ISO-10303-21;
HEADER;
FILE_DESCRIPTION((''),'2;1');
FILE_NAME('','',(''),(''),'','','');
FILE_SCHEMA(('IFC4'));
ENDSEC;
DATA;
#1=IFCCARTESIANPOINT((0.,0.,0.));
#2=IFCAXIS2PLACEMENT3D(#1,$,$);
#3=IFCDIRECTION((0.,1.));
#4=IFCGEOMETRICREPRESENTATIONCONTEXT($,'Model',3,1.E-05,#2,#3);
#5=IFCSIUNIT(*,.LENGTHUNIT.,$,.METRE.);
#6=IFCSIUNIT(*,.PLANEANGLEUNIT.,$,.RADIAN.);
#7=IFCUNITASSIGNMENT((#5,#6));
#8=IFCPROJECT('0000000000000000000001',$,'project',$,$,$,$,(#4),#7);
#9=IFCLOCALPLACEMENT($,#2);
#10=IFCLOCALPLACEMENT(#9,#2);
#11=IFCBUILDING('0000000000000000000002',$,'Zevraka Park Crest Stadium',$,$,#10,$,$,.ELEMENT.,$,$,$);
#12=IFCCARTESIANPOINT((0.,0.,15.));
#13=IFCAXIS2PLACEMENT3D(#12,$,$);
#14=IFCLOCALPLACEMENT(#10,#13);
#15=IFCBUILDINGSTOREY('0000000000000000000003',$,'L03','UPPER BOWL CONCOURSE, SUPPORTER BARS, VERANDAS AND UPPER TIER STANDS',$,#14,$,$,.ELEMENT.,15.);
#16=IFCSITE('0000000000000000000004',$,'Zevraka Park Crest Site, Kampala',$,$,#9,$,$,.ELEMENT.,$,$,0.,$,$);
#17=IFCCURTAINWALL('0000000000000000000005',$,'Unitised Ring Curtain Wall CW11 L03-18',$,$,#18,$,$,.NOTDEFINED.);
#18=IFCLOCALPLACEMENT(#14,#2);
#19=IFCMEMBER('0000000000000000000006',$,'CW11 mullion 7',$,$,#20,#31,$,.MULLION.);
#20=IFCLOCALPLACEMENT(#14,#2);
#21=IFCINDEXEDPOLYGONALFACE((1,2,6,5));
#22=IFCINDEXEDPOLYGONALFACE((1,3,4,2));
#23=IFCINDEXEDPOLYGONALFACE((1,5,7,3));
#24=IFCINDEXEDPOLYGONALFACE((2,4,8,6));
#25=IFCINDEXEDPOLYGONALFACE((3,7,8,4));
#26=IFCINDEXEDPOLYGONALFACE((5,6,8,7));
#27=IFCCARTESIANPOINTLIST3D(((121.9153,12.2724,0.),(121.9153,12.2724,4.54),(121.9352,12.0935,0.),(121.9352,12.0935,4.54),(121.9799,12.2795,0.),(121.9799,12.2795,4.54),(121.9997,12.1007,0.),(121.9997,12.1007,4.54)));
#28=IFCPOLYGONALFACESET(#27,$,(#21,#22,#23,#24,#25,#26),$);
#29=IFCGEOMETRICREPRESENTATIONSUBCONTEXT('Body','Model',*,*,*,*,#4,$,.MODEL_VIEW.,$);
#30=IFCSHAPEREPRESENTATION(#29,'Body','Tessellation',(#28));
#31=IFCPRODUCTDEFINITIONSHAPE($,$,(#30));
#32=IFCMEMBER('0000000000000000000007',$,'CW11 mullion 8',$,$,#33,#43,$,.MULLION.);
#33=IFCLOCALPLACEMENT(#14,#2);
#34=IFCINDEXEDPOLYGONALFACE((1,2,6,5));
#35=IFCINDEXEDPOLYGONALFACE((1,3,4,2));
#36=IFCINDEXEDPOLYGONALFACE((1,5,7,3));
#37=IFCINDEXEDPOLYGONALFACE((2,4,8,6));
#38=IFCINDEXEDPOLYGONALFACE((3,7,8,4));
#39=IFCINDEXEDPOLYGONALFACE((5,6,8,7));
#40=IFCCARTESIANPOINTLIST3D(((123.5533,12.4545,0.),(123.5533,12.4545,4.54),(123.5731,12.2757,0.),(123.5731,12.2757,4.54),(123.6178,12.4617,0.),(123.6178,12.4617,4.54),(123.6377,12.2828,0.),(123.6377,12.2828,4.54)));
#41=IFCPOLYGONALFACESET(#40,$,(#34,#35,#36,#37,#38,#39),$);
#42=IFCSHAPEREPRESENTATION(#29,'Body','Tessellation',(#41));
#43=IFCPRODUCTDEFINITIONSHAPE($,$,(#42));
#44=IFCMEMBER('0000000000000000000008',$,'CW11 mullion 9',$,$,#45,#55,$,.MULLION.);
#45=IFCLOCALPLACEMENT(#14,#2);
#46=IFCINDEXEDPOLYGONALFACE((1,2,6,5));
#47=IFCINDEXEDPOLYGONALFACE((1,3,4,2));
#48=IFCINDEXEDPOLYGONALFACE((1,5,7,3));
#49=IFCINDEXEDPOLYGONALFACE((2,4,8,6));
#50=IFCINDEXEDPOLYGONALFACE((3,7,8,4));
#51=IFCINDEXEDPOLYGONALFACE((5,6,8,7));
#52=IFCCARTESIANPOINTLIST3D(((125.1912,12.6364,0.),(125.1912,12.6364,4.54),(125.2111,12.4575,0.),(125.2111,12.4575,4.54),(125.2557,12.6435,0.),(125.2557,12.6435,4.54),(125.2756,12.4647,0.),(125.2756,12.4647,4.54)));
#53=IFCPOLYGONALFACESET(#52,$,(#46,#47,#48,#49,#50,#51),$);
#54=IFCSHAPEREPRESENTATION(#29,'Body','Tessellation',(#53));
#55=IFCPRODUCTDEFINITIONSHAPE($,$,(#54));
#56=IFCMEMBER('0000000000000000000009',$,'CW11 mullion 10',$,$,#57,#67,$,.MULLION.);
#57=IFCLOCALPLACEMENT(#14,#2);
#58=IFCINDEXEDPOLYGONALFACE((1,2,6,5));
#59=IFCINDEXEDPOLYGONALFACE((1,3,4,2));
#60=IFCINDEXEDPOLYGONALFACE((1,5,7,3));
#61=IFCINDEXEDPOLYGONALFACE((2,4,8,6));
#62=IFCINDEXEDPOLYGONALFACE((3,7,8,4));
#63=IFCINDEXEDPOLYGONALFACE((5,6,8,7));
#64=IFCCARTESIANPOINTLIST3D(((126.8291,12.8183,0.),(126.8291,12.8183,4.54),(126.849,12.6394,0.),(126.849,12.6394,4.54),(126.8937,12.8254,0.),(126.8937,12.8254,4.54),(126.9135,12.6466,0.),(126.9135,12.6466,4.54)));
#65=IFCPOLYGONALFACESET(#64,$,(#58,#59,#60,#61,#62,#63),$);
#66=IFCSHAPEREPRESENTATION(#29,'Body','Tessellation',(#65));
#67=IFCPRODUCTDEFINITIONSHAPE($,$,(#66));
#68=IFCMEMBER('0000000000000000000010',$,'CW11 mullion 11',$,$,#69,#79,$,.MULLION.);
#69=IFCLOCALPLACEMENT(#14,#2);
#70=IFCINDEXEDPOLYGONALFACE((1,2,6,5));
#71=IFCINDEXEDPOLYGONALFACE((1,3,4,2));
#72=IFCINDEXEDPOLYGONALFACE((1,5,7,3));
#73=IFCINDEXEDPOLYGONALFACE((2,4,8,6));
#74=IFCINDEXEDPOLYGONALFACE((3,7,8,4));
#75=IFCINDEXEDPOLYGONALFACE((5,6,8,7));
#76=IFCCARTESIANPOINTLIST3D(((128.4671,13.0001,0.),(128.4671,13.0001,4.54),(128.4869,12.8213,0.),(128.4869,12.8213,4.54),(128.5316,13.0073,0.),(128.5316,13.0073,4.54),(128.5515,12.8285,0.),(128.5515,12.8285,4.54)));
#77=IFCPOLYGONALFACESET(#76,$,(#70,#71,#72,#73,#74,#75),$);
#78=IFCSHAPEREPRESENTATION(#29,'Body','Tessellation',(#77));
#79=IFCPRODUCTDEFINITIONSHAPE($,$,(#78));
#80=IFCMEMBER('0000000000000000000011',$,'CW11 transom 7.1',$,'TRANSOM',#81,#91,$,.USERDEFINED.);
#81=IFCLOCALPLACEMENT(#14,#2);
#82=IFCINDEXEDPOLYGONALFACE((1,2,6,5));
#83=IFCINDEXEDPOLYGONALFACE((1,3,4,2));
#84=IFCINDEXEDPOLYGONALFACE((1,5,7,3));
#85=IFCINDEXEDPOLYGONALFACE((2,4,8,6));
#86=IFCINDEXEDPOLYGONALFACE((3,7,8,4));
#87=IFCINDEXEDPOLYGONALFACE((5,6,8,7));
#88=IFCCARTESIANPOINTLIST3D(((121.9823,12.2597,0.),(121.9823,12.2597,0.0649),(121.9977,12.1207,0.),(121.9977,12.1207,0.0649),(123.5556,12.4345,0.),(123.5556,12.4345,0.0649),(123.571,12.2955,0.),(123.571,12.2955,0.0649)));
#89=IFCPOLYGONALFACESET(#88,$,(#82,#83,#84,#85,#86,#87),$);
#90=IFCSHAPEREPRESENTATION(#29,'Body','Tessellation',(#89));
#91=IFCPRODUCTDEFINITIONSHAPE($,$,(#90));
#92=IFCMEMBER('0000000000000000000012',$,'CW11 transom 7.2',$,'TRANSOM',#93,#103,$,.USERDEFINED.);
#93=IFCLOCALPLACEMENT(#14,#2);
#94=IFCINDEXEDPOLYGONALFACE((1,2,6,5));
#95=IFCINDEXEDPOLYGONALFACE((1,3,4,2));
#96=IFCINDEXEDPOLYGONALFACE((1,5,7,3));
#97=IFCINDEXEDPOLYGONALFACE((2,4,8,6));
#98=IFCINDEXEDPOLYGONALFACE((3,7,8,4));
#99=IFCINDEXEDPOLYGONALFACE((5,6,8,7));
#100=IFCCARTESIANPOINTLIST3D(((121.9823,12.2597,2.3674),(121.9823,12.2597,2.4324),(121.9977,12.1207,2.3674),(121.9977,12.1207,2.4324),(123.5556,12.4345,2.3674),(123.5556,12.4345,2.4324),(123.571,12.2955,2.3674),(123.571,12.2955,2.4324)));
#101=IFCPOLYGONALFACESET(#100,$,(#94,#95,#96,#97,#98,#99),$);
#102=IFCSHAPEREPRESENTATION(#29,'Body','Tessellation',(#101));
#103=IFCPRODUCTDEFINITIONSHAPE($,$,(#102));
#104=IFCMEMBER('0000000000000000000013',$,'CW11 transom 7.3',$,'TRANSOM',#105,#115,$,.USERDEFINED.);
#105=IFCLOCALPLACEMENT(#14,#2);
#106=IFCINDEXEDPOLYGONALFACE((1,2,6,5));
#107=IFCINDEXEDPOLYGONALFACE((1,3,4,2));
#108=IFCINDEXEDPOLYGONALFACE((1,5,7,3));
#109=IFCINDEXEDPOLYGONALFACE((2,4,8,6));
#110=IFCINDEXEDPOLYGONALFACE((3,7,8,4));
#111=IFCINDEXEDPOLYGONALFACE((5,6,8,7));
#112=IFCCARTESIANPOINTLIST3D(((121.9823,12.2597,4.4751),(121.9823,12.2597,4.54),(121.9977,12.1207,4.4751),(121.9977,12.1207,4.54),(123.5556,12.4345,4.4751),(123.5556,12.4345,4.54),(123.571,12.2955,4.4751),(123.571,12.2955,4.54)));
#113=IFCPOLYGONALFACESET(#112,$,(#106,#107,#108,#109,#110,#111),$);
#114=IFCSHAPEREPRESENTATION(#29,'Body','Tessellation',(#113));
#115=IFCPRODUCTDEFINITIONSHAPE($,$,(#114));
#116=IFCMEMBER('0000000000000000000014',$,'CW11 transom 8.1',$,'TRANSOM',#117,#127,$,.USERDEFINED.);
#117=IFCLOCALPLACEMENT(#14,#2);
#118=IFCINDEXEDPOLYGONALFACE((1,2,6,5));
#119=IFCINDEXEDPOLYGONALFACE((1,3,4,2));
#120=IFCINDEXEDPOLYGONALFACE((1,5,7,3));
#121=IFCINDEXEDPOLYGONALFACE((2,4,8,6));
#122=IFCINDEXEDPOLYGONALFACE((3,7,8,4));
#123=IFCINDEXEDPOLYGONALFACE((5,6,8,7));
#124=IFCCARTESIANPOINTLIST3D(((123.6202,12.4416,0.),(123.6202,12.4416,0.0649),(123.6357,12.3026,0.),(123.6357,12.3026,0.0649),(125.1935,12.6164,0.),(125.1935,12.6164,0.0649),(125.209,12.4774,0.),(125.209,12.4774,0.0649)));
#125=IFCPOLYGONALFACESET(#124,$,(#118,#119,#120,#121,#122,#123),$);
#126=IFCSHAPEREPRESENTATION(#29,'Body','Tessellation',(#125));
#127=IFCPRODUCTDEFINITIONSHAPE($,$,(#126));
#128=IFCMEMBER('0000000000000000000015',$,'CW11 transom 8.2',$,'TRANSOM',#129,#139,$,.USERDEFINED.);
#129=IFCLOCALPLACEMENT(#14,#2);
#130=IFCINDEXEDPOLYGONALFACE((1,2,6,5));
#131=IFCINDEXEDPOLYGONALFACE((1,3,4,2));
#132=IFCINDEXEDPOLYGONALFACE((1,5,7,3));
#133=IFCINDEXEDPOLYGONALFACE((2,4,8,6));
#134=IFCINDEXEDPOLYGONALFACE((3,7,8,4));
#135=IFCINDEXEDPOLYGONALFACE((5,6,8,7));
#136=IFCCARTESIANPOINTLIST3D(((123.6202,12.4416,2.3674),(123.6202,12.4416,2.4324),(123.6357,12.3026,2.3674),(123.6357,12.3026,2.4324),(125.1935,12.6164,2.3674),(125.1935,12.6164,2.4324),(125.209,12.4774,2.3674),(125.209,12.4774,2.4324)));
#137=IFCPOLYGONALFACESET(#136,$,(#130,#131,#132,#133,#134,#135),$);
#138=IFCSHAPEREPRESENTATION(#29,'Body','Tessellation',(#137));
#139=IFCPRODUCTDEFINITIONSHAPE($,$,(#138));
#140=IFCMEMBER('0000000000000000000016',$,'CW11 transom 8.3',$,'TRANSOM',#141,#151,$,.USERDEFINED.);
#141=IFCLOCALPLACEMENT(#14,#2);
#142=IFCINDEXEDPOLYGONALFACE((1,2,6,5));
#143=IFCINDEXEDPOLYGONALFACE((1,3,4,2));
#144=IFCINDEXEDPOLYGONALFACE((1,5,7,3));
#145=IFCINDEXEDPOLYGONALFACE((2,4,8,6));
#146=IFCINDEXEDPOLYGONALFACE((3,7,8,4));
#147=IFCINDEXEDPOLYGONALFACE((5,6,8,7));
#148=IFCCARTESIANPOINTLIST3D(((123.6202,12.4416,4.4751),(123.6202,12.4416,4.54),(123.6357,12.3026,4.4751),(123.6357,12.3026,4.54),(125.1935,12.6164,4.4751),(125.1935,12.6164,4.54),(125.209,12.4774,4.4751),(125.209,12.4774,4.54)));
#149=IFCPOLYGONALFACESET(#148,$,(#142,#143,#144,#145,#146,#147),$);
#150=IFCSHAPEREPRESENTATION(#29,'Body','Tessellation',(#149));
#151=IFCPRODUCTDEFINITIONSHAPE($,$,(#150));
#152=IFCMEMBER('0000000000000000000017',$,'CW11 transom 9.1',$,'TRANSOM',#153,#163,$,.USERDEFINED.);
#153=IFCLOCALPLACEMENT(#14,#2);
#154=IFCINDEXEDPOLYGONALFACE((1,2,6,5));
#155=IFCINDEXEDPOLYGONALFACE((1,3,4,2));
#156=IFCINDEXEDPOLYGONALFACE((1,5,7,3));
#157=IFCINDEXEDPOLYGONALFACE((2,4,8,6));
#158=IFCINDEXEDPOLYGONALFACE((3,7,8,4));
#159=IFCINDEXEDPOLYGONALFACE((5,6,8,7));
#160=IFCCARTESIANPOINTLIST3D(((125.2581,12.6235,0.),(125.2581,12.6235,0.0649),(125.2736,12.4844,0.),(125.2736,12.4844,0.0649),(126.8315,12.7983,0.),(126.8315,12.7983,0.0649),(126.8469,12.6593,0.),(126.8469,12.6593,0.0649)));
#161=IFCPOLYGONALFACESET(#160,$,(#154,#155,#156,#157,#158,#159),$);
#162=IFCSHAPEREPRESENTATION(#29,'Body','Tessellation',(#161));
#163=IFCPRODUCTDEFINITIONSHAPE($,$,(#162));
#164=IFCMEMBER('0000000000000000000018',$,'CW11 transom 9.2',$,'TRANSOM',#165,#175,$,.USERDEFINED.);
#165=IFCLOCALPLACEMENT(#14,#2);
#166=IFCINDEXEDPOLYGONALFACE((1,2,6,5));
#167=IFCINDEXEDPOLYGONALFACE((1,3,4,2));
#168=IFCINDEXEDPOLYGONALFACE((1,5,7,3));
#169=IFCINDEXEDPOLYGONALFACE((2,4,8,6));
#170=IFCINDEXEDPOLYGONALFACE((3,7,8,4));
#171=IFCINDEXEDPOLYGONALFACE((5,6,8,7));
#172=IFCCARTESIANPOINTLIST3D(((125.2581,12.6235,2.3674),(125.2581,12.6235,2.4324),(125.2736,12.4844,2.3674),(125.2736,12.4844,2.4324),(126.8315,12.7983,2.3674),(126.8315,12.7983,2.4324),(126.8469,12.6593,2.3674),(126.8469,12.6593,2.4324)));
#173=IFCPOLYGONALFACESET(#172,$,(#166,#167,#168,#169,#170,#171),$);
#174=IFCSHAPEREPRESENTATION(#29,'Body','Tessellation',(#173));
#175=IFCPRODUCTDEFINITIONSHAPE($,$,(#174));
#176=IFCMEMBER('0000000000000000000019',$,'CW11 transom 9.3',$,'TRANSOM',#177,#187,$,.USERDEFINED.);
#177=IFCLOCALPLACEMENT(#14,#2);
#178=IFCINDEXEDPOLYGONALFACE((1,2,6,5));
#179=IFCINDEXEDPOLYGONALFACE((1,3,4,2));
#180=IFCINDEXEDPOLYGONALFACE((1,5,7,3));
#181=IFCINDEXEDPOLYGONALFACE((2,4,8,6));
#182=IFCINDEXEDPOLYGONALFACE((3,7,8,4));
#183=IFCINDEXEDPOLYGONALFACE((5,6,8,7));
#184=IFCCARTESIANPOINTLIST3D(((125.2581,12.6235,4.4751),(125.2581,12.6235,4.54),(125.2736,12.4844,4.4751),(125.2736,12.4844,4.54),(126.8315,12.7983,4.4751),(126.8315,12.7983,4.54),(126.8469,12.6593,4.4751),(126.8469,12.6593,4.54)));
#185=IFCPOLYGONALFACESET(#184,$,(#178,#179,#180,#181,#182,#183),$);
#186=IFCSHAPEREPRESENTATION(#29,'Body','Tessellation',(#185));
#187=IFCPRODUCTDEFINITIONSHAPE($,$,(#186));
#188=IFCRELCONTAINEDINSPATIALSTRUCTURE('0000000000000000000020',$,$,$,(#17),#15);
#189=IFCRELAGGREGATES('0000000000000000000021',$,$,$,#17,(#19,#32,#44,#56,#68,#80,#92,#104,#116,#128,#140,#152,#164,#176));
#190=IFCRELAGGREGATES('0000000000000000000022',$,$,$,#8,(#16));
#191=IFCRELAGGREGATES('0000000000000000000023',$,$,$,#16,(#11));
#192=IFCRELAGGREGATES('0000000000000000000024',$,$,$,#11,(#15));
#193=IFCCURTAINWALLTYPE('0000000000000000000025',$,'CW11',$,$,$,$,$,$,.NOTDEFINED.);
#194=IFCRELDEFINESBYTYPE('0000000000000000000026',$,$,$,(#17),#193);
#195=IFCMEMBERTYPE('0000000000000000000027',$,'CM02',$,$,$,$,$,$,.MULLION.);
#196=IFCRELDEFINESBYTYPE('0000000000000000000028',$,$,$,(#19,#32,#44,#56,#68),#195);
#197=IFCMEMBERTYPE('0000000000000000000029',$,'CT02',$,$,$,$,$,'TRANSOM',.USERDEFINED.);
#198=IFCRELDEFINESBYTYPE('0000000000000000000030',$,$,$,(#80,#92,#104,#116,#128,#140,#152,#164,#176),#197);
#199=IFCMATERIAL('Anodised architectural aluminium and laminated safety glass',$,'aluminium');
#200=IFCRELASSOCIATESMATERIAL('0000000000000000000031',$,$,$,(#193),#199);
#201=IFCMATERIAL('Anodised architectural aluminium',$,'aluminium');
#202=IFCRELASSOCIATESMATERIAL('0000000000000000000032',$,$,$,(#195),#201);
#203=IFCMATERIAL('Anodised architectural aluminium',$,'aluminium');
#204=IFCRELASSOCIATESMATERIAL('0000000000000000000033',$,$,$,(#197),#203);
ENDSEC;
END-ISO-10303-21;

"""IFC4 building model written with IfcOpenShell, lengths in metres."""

from ifc_helpers import new_model, si_unit, direction, frame, origin, origin_2d, place, context, subcontext, project, spatial, rectangle, extrude, material, material_profile, profile_set, type_object, element, aggregate, save


model = new_model("IFC4")

# Units and contexts
model_context = context("Model", 3, precision=1e-05, world=origin(), true_north=direction((0.0, 1.0)))
body_context = subcontext(model_context, "Body", "Model", "MODEL_VIEW")
ifc_project = project(units=[si_unit("LENGTHUNIT", "METRE"), si_unit("PLANEANGLEUNIT", "RADIAN")], contexts=[model_context])

# Site, building, storey
site_placement = place(None, origin())
site = spatial("IfcSite", under=ifc_project, at=site_placement, Name="Zevraka Park Crest Site, Kampala", CompositionType="ELEMENT", RefElevation=0.0)
building_placement = place(site_placement, origin())
building = spatial("IfcBuilding", under=site, at=building_placement, Name="Zevraka Park Crest Stadium", CompositionType="ELEMENT")
storey_placement = place(building_placement, frame((0.0, 0.0, 15.0)))
storey = spatial("IfcBuildingStorey", under=building, at=storey_placement, Name="L03", Description="UPPER BOWL CONCOURSE, SUPPORTER BARS, VERANDAS AND UPPER TIER STANDS", CompositionType="ELEMENT", Elevation=15.0)

# Curtain wall, members
ifc_material_1 = material(Name="Anodised architectural aluminium and laminated safety glass", Category="aluminium")
curtain_wall_type = type_object("IfcCurtainWallType", Name="CW11", PredefinedType="NOTDEFINED", material=ifc_material_1)
curtain_wall_placement = place(storey_placement, origin())
curtain_wall = element("IfcCurtainWall", 1, at=curtain_wall_placement, inside=storey, type_object=curtain_wall_type, Name="Unitised Ring Curtain Wall CW11 L03-18", PredefinedType="NOTDEFINED")
ifc_material_2 = material(Name="Anodised architectural aluminium", Category="aluminium")
ifc_material_profile_1 = material_profile(ifc_material_2, rectangle(XDim=0.1799, YDim=0.0649, at=origin_2d()), Name="ALU MULLION 180x65")
ifc_profile_set_1 = profile_set([ifc_material_profile_1], Name="Anodised architectural aluminium")
member_type_1 = type_object("IfcMemberType", Name="CM02", PredefinedType="MULLION", material=ifc_profile_set_1)
member_1_placement = place(storey_placement, frame((121.9575, 12.1865, 0.0), z_axis=(0.0, 0.0, 1.0), x_axis=(-0.110396, 0.993888, 0.0)))
member_1 = element("IfcMember", 2, at=member_1_placement, type_object=member_type_1, Name="CW11 mullion 7", PredefinedType="MULLION", context=body_context, shape_type="SweptSolid", body=[
    extrude(rectangle(XDim=0.1799, YDim=0.0649, at=origin_2d()), origin(), (0.0, 0.0, 1.0), 4.54),
])
member_2_placement = place(storey_placement, frame((123.5955, 12.3687, 0.0), z_axis=(0.0, 0.0, 1.0), x_axis=(-0.110396, 0.993888, 0.0)))
member_2 = element("IfcMember", 3, at=member_2_placement, type_object=member_type_1, Name="CW11 mullion 8", PredefinedType="MULLION", context=body_context, shape_type="SweptSolid", body=[
    extrude(rectangle(XDim=0.1799, YDim=0.0649, at=origin_2d()), origin(), (0.0, 0.0, 1.0), 4.54),
])
member_3_placement = place(storey_placement, frame((125.2334, 12.5505, 0.0), z_axis=(0.0, 0.0, 1.0), x_axis=(-0.110396, 0.993888, 0.0)))
member_3 = element("IfcMember", 4, at=member_3_placement, type_object=member_type_1, Name="CW11 mullion 9", PredefinedType="MULLION", context=body_context, shape_type="SweptSolid", body=[
    extrude(rectangle(XDim=0.1799, YDim=0.0649, at=origin_2d()), origin(), (0.0, 0.0, 1.0), 4.54),
])
member_4_placement = place(storey_placement, frame((126.8713, 12.7324, 0.0), z_axis=(0.0, 0.0, 1.0), x_axis=(-0.110396, 0.993888, 0.0)))
member_4 = element("IfcMember", 5, at=member_4_placement, type_object=member_type_1, Name="CW11 mullion 10", PredefinedType="MULLION", context=body_context, shape_type="SweptSolid", body=[
    extrude(rectangle(XDim=0.1799, YDim=0.0649, at=origin_2d()), origin(), (0.0, 0.0, 1.0), 4.54),
])
member_5_placement = place(storey_placement, frame((128.5093, 12.9143, 0.0), z_axis=(0.0, 0.0, 1.0), x_axis=(-0.110396, 0.993888, 0.0)))
member_5 = element("IfcMember", 6, at=member_5_placement, type_object=member_type_1, Name="CW11 mullion 11", PredefinedType="MULLION", context=body_context, shape_type="SweptSolid", body=[
    extrude(rectangle(XDim=0.1799, YDim=0.0649, at=origin_2d()), origin(), (0.0, 0.0, 1.0), 4.54),
])
ifc_material_3 = material(Name="Anodised architectural aluminium", Category="aluminium")
ifc_material_profile_2 = material_profile(ifc_material_3, rectangle(XDim=0.1399, YDim=0.0649, at=origin_2d()), Name="ALU TRANSOM 140x65")
ifc_profile_set_2 = profile_set([ifc_material_profile_2], Name="Anodised architectural aluminium")
member_type_2 = type_object("IfcMemberType", Name="CT02", ElementType="TRANSOM", PredefinedType="USERDEFINED", material=ifc_profile_set_2)
member_6_placement = place(storey_placement, frame((121.99, 12.1902, 0.0325), z_axis=(0.993884, 0.110432, 0.0), x_axis=(-0.110432, 0.993884, 0.0)))
member_6 = element("IfcMember", 7, at=member_6_placement, type_object=member_type_2, Name="CW11 transom 7.1", ObjectType="TRANSOM", PredefinedType="USERDEFINED", context=body_context, shape_type="SweptSolid", body=[
    extrude(rectangle(XDim=0.1399, YDim=0.0649, at=origin_2d()), origin(), (0.0, 0.0, 1.0), 1.583),
])
member_7_placement = place(storey_placement, frame((121.99, 12.1902, 2.3999), z_axis=(0.993884, 0.110432, 0.0), x_axis=(-0.110432, 0.993884, 0.0)))
member_7 = element("IfcMember", 8, at=member_7_placement, type_object=member_type_2, Name="CW11 transom 7.2", ObjectType="TRANSOM", PredefinedType="USERDEFINED", context=body_context, shape_type="SweptSolid", body=[
    extrude(rectangle(XDim=0.1399, YDim=0.0649, at=origin_2d()), origin(), (0.0, 0.0, 1.0), 1.583),
])
member_8_placement = place(storey_placement, frame((121.99, 12.1902, 4.5076), z_axis=(0.993884, 0.110432, 0.0), x_axis=(-0.110432, 0.993884, 0.0)))
member_8 = element("IfcMember", 9, at=member_8_placement, type_object=member_type_2, Name="CW11 transom 7.3", ObjectType="TRANSOM", PredefinedType="USERDEFINED", context=body_context, shape_type="SweptSolid", body=[
    extrude(rectangle(XDim=0.1399, YDim=0.0649, at=origin_2d()), origin(), (0.0, 0.0, 1.0), 1.583),
])
member_9_placement = place(storey_placement, frame((123.6279, 12.3721, 0.0325), z_axis=(0.993884, 0.110432, 0.0), x_axis=(-0.110432, 0.993884, 0.0)))
member_9 = element("IfcMember", 10, at=member_9_placement, type_object=member_type_2, Name="CW11 transom 8.1", ObjectType="TRANSOM", PredefinedType="USERDEFINED", context=body_context, shape_type="SweptSolid", body=[
    extrude(rectangle(XDim=0.1399, YDim=0.0649, at=origin_2d()), origin(), (0.0, 0.0, 1.0), 1.583),
])
member_10_placement = place(storey_placement, frame((123.6279, 12.3721, 2.3999), z_axis=(0.993884, 0.110432, 0.0), x_axis=(-0.110432, 0.993884, 0.0)))
member_10 = element("IfcMember", 11, at=member_10_placement, type_object=member_type_2, Name="CW11 transom 8.2", ObjectType="TRANSOM", PredefinedType="USERDEFINED", context=body_context, shape_type="SweptSolid", body=[
    extrude(rectangle(XDim=0.1399, YDim=0.0649, at=origin_2d()), origin(), (0.0, 0.0, 1.0), 1.583),
])
member_11_placement = place(storey_placement, frame((123.6279, 12.3721, 4.5076), z_axis=(0.993884, 0.110432, 0.0), x_axis=(-0.110432, 0.993884, 0.0)))
member_11 = element("IfcMember", 12, at=member_11_placement, type_object=member_type_2, Name="CW11 transom 8.3", ObjectType="TRANSOM", PredefinedType="USERDEFINED", context=body_context, shape_type="SweptSolid", body=[
    extrude(rectangle(XDim=0.1399, YDim=0.0649, at=origin_2d()), origin(), (0.0, 0.0, 1.0), 1.583),
])
member_12_placement = place(storey_placement, frame((125.2659, 12.554, 0.0325), z_axis=(0.993884, 0.110432, 0.0), x_axis=(-0.110432, 0.993884, 0.0)))
member_12 = element("IfcMember", 13, at=member_12_placement, type_object=member_type_2, Name="CW11 transom 9.1", ObjectType="TRANSOM", PredefinedType="USERDEFINED", context=body_context, shape_type="SweptSolid", body=[
    extrude(rectangle(XDim=0.1399, YDim=0.0649, at=origin_2d()), origin(), (0.0, 0.0, 1.0), 1.583),
])
member_13_placement = place(storey_placement, frame((125.2659, 12.554, 2.3999), z_axis=(0.993884, 0.110432, 0.0), x_axis=(-0.110432, 0.993884, 0.0)))
member_13 = element("IfcMember", 14, at=member_13_placement, type_object=member_type_2, Name="CW11 transom 9.2", ObjectType="TRANSOM", PredefinedType="USERDEFINED", context=body_context, shape_type="SweptSolid", body=[
    extrude(rectangle(XDim=0.1399, YDim=0.0649, at=origin_2d()), origin(), (0.0, 0.0, 1.0), 1.583),
])
member_14_placement = place(storey_placement, frame((125.2659, 12.554, 4.5076), z_axis=(0.993884, 0.110432, 0.0), x_axis=(-0.110432, 0.993884, 0.0)))
member_14 = element("IfcMember", 15, at=member_14_placement, type_object=member_type_2, Name="CW11 transom 9.3", ObjectType="TRANSOM", PredefinedType="USERDEFINED", context=body_context, shape_type="SweptSolid", body=[
    extrude(rectangle(XDim=0.1399, YDim=0.0649, at=origin_2d()), origin(), (0.0, 0.0, 1.0), 1.583),
])
aggregate(curtain_wall, [member_1, member_2, member_3, member_4, member_5, member_6, member_7, member_8, member_9, member_10, member_11, member_12, member_13, member_14])

save(model, "model.ifc")
